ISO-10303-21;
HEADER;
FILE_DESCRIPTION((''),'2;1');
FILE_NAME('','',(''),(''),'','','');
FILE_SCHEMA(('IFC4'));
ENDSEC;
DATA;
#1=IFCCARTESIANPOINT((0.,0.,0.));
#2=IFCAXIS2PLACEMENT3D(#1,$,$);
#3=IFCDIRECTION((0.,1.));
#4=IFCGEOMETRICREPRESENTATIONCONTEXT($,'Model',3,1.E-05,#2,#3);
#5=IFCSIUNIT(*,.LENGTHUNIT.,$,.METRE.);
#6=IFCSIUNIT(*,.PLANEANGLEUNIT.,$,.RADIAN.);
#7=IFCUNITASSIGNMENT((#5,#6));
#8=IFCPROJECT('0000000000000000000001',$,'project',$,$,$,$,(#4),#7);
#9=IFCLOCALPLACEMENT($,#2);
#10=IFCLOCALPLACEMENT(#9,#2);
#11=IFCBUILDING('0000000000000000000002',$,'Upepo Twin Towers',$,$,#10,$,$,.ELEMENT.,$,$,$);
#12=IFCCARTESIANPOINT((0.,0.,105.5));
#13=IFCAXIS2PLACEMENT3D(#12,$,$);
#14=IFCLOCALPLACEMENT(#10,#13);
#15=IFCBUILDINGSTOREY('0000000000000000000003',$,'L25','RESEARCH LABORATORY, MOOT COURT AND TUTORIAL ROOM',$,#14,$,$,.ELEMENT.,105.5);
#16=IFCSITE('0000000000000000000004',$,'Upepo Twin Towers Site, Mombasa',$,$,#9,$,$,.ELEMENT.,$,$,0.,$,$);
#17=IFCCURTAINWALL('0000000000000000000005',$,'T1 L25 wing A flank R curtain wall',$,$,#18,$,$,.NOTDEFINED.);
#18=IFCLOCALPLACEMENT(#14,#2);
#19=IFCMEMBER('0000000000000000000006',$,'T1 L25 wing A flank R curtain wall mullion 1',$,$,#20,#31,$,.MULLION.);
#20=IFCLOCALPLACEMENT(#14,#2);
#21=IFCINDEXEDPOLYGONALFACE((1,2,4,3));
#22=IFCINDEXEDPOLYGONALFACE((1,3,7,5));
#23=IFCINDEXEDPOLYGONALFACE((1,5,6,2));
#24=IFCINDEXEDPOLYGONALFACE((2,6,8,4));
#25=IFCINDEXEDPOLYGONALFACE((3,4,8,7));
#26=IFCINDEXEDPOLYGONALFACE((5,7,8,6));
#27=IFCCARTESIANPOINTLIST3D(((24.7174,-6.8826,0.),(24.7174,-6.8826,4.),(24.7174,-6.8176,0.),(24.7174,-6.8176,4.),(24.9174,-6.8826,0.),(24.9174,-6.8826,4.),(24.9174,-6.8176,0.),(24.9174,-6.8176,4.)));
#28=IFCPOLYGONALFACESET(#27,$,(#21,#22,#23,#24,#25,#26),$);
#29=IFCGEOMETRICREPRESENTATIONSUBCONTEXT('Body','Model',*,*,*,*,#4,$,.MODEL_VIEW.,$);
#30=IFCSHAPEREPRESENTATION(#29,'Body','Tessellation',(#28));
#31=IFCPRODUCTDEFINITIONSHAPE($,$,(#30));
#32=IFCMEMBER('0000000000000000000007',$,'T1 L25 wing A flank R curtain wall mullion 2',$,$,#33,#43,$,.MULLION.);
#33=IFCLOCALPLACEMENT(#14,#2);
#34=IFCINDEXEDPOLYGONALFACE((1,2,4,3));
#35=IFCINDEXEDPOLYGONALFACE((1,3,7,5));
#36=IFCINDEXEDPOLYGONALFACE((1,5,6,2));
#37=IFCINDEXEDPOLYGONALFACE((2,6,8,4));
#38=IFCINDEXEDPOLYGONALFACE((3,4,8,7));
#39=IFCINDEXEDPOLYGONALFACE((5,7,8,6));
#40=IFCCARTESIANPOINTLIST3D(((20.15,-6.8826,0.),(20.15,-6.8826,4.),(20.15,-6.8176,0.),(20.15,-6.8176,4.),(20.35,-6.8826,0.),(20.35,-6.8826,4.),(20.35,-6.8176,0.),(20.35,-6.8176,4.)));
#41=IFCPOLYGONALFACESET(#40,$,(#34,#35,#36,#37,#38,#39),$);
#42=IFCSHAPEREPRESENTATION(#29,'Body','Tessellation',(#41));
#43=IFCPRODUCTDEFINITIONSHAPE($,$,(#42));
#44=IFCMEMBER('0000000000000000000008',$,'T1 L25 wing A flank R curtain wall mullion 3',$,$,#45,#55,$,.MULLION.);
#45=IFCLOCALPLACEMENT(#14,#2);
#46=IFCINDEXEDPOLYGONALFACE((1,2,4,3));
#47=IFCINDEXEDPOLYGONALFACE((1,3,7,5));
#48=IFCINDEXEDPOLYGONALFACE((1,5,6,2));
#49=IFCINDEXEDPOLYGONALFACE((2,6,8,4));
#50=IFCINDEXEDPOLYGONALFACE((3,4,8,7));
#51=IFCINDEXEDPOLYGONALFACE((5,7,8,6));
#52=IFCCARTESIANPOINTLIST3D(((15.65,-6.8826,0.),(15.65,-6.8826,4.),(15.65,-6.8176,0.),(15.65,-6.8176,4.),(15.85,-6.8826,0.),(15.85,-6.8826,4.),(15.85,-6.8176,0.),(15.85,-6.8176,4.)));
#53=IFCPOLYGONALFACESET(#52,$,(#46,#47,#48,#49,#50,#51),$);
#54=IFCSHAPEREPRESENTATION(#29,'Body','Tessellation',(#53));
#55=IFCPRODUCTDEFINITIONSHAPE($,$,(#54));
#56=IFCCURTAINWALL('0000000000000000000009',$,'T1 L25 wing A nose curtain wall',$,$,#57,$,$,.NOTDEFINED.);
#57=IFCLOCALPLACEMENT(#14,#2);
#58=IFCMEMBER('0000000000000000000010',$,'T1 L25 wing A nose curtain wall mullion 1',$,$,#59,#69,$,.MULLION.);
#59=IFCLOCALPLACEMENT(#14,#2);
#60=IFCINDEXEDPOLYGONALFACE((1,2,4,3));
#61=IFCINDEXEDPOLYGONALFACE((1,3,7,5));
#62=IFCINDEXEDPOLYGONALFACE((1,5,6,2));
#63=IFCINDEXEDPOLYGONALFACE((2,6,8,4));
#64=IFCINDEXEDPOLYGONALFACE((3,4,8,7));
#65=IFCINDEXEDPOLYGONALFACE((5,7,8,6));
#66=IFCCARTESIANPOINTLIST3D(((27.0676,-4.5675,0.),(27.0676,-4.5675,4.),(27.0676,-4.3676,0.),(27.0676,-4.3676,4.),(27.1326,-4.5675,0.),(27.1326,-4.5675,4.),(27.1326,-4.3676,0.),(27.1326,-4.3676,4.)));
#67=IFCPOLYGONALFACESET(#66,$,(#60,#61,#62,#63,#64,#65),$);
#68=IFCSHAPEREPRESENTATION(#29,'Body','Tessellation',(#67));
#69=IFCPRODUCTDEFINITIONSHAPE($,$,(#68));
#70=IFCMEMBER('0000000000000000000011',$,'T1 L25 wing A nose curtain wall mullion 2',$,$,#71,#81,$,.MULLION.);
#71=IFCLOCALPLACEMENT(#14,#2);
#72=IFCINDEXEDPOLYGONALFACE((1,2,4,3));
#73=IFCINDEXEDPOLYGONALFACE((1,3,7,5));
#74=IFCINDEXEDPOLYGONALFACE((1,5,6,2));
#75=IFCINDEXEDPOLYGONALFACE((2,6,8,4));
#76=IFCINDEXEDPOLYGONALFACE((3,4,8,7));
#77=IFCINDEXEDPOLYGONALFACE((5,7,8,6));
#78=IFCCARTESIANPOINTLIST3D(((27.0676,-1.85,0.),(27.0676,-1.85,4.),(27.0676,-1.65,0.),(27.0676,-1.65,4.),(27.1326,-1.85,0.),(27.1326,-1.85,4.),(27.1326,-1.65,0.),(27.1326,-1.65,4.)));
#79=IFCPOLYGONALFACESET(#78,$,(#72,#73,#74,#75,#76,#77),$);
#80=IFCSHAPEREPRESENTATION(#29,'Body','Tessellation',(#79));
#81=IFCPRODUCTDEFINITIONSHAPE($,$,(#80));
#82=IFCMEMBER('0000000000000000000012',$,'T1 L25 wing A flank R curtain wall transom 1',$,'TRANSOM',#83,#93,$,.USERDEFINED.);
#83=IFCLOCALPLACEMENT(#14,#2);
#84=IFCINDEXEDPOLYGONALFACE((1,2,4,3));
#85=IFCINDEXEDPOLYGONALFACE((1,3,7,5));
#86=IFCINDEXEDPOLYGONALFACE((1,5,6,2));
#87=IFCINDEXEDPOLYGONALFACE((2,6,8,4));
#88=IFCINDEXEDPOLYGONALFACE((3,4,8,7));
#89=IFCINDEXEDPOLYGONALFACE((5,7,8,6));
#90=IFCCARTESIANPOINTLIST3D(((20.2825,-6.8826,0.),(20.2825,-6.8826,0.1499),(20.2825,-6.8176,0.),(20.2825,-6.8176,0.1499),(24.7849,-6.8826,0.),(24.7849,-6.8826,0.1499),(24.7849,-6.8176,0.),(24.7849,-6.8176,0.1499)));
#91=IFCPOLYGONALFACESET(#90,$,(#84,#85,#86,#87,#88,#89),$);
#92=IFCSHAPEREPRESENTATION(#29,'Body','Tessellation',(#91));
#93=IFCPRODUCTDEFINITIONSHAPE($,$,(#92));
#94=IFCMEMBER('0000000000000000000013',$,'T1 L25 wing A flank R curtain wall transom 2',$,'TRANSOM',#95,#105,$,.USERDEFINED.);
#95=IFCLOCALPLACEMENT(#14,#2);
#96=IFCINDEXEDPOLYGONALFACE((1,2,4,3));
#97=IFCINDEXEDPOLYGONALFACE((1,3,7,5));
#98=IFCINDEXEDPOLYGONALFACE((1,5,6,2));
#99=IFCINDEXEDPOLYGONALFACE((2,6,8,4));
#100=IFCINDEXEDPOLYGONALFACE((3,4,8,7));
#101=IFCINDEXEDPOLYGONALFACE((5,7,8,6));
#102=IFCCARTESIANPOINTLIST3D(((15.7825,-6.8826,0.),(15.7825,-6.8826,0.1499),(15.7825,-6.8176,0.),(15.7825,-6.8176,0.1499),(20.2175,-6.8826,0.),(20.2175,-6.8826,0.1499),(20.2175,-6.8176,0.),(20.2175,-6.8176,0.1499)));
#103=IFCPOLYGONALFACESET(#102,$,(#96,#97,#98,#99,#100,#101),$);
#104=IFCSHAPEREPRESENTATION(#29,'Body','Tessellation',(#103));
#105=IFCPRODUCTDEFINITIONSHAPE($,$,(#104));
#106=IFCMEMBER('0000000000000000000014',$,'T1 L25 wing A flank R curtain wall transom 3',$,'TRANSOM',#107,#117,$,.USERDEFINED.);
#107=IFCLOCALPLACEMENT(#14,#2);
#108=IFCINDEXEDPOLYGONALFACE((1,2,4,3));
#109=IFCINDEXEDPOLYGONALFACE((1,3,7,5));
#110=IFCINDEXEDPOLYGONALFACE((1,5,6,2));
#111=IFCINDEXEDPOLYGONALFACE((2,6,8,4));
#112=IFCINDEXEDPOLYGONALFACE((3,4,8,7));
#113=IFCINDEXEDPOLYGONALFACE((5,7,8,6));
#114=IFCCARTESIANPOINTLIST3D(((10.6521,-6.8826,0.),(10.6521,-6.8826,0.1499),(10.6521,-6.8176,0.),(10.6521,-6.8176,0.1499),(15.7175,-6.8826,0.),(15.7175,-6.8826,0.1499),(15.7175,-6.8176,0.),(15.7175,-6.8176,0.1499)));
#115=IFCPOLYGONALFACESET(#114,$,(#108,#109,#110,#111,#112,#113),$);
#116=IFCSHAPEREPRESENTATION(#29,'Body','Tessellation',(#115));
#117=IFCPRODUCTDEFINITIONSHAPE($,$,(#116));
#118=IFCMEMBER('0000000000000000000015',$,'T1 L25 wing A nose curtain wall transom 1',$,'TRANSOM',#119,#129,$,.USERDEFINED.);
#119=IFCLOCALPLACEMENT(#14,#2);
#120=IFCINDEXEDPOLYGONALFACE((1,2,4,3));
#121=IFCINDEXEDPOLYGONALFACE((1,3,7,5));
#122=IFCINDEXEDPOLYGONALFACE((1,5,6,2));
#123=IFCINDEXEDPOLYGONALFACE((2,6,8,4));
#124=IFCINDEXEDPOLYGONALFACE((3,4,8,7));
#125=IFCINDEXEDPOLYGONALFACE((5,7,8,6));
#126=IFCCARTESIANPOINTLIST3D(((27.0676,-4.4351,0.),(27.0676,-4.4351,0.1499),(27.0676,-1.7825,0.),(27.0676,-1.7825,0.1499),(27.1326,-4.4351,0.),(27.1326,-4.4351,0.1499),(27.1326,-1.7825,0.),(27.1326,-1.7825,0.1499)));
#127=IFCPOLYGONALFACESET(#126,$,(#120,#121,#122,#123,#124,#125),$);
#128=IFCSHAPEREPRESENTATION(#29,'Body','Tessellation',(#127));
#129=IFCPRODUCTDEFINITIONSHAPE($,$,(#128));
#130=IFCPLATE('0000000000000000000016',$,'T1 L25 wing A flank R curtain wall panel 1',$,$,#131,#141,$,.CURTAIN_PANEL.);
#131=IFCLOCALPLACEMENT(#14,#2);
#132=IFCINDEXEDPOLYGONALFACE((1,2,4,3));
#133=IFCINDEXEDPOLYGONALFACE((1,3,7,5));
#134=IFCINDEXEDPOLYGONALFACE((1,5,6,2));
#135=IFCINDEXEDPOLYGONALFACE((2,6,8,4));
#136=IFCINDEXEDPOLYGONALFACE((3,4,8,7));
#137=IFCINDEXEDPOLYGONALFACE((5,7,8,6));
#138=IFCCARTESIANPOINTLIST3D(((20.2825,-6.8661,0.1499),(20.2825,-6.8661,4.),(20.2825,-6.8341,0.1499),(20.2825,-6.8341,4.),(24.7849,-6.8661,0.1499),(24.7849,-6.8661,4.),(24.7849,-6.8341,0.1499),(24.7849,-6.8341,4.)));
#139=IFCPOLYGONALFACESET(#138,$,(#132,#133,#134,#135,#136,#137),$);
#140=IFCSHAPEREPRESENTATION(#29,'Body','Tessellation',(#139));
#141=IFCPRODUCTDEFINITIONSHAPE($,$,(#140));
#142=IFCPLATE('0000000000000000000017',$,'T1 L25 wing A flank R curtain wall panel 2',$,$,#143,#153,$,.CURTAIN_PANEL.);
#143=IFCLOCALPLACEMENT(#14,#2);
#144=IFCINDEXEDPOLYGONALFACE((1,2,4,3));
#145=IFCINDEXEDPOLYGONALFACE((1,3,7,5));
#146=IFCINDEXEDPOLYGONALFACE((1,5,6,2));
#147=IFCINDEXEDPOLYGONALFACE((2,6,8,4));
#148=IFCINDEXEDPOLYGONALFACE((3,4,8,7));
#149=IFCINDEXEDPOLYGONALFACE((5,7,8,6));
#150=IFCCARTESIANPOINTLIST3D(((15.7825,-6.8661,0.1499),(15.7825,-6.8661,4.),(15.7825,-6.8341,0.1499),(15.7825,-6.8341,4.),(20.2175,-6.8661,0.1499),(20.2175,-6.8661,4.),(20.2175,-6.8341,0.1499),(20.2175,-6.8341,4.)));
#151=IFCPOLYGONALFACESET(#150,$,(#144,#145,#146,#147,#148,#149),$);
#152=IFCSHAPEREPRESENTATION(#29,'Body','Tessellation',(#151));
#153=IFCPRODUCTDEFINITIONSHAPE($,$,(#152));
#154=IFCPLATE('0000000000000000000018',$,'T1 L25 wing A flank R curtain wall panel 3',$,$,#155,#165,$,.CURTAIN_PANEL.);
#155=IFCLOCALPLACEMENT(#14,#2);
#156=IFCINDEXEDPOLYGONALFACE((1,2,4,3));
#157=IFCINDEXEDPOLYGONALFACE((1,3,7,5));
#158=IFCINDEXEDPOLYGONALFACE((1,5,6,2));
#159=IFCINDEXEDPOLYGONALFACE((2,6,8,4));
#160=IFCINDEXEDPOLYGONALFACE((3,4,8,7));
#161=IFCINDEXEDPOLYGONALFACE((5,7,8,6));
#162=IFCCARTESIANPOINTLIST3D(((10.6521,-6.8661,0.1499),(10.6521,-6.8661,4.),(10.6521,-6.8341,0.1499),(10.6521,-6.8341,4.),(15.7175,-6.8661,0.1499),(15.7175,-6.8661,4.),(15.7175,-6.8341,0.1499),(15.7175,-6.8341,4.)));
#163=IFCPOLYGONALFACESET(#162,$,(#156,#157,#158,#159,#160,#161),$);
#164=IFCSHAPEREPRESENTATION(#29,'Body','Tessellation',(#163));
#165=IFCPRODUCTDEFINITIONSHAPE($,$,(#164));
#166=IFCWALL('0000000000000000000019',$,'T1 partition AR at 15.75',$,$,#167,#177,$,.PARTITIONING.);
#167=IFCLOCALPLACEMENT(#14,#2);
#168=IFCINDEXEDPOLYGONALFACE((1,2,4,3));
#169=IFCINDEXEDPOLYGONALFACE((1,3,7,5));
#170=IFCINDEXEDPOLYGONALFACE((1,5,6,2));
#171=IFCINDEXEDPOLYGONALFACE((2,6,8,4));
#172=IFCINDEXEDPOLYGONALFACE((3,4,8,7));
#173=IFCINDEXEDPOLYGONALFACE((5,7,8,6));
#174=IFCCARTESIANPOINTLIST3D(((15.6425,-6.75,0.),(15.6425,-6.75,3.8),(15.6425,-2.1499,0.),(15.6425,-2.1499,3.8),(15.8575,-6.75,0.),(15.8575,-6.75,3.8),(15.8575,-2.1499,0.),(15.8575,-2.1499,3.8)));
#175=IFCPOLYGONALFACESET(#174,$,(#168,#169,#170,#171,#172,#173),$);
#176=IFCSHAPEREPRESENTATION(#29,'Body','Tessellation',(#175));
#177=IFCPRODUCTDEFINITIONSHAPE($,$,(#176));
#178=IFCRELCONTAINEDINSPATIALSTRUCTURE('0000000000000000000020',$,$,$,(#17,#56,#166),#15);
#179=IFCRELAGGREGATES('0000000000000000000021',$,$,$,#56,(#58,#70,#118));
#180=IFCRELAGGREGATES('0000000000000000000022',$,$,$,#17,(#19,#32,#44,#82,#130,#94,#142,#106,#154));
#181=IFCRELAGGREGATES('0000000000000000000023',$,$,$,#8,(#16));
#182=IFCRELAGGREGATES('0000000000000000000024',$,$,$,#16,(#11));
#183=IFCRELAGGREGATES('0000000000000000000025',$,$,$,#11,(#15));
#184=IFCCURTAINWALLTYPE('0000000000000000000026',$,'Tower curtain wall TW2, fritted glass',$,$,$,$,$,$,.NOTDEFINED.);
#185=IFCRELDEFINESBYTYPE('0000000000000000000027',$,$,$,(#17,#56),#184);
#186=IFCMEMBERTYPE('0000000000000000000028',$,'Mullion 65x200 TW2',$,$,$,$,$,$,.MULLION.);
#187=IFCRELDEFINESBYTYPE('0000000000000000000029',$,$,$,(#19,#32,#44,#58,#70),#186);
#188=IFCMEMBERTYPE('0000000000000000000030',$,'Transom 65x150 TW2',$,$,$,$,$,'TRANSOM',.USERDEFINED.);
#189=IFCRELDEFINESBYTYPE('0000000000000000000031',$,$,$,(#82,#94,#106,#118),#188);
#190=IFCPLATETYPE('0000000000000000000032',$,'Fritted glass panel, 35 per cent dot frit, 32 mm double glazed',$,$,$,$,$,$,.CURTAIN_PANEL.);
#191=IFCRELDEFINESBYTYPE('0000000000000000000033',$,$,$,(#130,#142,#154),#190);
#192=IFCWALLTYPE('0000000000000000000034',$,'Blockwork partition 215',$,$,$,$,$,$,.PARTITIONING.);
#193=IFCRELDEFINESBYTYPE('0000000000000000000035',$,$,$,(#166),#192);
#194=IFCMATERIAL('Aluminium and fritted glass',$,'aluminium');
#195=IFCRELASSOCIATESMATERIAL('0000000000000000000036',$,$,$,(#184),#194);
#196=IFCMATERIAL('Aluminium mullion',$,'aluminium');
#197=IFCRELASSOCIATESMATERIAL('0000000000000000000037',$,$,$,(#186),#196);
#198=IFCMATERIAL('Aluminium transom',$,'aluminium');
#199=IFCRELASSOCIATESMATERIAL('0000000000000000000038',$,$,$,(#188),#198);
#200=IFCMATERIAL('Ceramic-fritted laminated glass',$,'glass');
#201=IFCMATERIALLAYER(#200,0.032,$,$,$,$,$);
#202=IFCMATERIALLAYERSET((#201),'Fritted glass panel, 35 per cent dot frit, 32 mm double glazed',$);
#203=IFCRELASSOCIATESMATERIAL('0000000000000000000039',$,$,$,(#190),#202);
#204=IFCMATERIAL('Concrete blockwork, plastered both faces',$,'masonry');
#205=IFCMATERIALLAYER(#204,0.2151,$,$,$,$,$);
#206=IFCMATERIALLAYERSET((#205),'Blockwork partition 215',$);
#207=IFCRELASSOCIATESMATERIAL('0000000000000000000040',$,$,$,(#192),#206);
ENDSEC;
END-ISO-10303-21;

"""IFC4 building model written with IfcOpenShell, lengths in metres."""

from ifc_helpers import new_model, si_unit, direction, frame, frame_2d, origin, origin_2d, place, context, subcontext, project, spatial, rectangle, extrude, material, layer, layer_set, material_profile, profile_set, type_object, element, aggregate, save


model = new_model("IFC4")

# Units and contexts
model_context = context("Model", 3, precision=1e-05, world=origin(), true_north=direction((0.0, 1.0)))
body_context = subcontext(model_context, "Body", "Model", "MODEL_VIEW")
ifc_project = project(units=[si_unit("LENGTHUNIT", "METRE"), si_unit("PLANEANGLEUNIT", "RADIAN")], contexts=[model_context])

# Site, building, storey
site_placement = place(None, origin())
site = spatial("IfcSite", under=ifc_project, at=site_placement, Name="Upepo Twin Towers Site, Mombasa", CompositionType="ELEMENT", RefElevation=0.0)
building_placement = place(site_placement, origin())
building = spatial("IfcBuilding", under=site, at=building_placement, Name="Upepo Twin Towers", CompositionType="ELEMENT")
storey_placement = place(building_placement, frame((0.0, 0.0, 105.5)))
storey = spatial("IfcBuildingStorey", under=building, at=storey_placement, Name="L25", Description="RESEARCH LABORATORY, MOOT COURT AND TUTORIAL ROOM", CompositionType="ELEMENT", Elevation=105.5)

# Curtain walls, members
ifc_material_1 = material(Name="Aluminium and fritted glass", Category="aluminium")
curtain_wall_type = type_object("IfcCurtainWallType", Name="Tower curtain wall TW2, fritted glass", PredefinedType="NOTDEFINED", material=ifc_material_1)
curtain_wall_1_placement = place(storey_placement, origin())
curtain_wall_1 = element("IfcCurtainWall", 1, at=curtain_wall_1_placement, inside=storey, type_object=curtain_wall_type, Name="T1 L25 wing A flank R curtain wall", PredefinedType="NOTDEFINED")
ifc_material_2 = material(Name="Aluminium mullion", Category="aluminium")
ifc_material_profile_1 = material_profile(ifc_material_2, rectangle(XDim=0.0649, YDim=0.2, at=origin_2d()), Name="MULLION 65x200")
ifc_profile_set_1 = profile_set([ifc_material_profile_1], Name="Aluminium mullion")
member_type_1 = type_object("IfcMemberType", Name="Mullion 65x200 TW2", PredefinedType="MULLION", material=ifc_profile_set_1)
member_1_placement = place(storey_placement, frame((24.8174, -6.8501, 0.0), z_axis=(0.0, 0.0, 1.0), x_axis=(0.0, -1.0, 0.0)))
member_1 = element("IfcMember", 2, at=member_1_placement, type_object=member_type_1, Name="T1 L25 wing A flank R curtain wall mullion 1", PredefinedType="MULLION", context=body_context, shape_type="SweptSolid", body=[
    extrude(rectangle(XDim=0.0649, YDim=0.2, at=origin_2d()), origin(), (0.0, 0.0, 1.0), 4.0),
])
member_2_placement = place(storey_placement, frame((20.25, -6.8501, 0.0), z_axis=(0.0, 0.0, 1.0), x_axis=(0.0, -1.0, 0.0)))
member_2 = element("IfcMember", 3, at=member_2_placement, type_object=member_type_1, Name="T1 L25 wing A flank R curtain wall mullion 2", PredefinedType="MULLION", context=body_context, shape_type="SweptSolid", body=[
    extrude(rectangle(XDim=0.0649, YDim=0.2, at=origin_2d()), origin(), (0.0, 0.0, 1.0), 4.0),
])
member_3_placement = place(storey_placement, frame((15.75, -6.8501, 0.0), z_axis=(0.0, 0.0, 1.0), x_axis=(0.0, -1.0, 0.0)))
member_3 = element("IfcMember", 4, at=member_3_placement, type_object=member_type_1, Name="T1 L25 wing A flank R curtain wall mullion 3", PredefinedType="MULLION", context=body_context, shape_type="SweptSolid", body=[
    extrude(rectangle(XDim=0.0649, YDim=0.2, at=origin_2d()), origin(), (0.0, 0.0, 1.0), 4.0),
])
curtain_wall_2_placement = place(storey_placement, origin())
curtain_wall_2 = element("IfcCurtainWall", 5, at=curtain_wall_2_placement, inside=storey, type_object=curtain_wall_type, Name="T1 L25 wing A nose curtain wall", PredefinedType="NOTDEFINED")
member_4_placement = place(storey_placement, frame((27.1001, -4.4675, 0.0), z_axis=(0.0, 0.0, 1.0), x_axis=(-1.0, 0.0, 0.0)))
member_4 = element("IfcMember", 6, at=member_4_placement, type_object=member_type_1, Name="T1 L25 wing A nose curtain wall mullion 1", PredefinedType="MULLION", context=body_context, shape_type="SweptSolid", body=[
    extrude(rectangle(XDim=0.0649, YDim=0.2, at=origin_2d()), origin(), (0.0, 0.0, 1.0), 4.0),
])
member_5_placement = place(storey_placement, frame((27.1001, -1.75, 0.0), z_axis=(0.0, 0.0, 1.0), x_axis=(-1.0, 0.0, 0.0)))
member_5 = element("IfcMember", 7, at=member_5_placement, type_object=member_type_1, Name="T1 L25 wing A nose curtain wall mullion 2", PredefinedType="MULLION", context=body_context, shape_type="SweptSolid", body=[
    extrude(rectangle(XDim=0.0649, YDim=0.2, at=origin_2d()), origin(), (0.0, 0.0, 1.0), 4.0),
])

# Members
ifc_material_3 = material(Name="Aluminium transom", Category="aluminium")
ifc_material_profile_2 = material_profile(ifc_material_3, rectangle(XDim=0.0649, YDim=0.1499, at=origin_2d()), Name="TRANSOM 65x150")
ifc_profile_set_2 = profile_set([ifc_material_profile_2], Name="Aluminium transom")
member_type_2 = type_object("IfcMemberType", Name="Transom 65x150 TW2", ElementType="TRANSOM", PredefinedType="USERDEFINED", material=ifc_profile_set_2)
member_6_placement = place(storey_placement, frame((24.7849, -6.8501, 0.075), z_axis=(-1.0, 0.0, 0.0), x_axis=(0.0, -1.0, 0.0)))
member_6 = element("IfcMember", 8, at=member_6_placement, type_object=member_type_2, Name="T1 L25 wing A flank R curtain wall transom 1", ObjectType="TRANSOM", PredefinedType="USERDEFINED", context=body_context, shape_type="SweptSolid", body=[
    extrude(rectangle(XDim=0.0649, YDim=0.1499, at=origin_2d()), origin(), (0.0, 0.0, 1.0), 4.5024),
])
member_7_placement = place(storey_placement, frame((20.2175, -6.8501, 0.075), z_axis=(-1.0, 0.0, 0.0), x_axis=(0.0, -1.0, 0.0)))
member_7 = element("IfcMember", 9, at=member_7_placement, type_object=member_type_2, Name="T1 L25 wing A flank R curtain wall transom 2", ObjectType="TRANSOM", PredefinedType="USERDEFINED", context=body_context, shape_type="SweptSolid", body=[
    extrude(rectangle(XDim=0.0649, YDim=0.1499, at=origin_2d()), origin(), (0.0, 0.0, 1.0), 4.4351),
])
member_8_placement = place(storey_placement, frame((15.7175, -6.8501, 0.075), z_axis=(-1.0, 0.0, 0.0), x_axis=(0.0, -1.0, 0.0)))
member_8 = element("IfcMember", 10, at=member_8_placement, type_object=member_type_2, Name="T1 L25 wing A flank R curtain wall transom 3", ObjectType="TRANSOM", PredefinedType="USERDEFINED", context=body_context, shape_type="SweptSolid", body=[
    extrude(rectangle(XDim=0.0649, YDim=0.1499, at=origin_2d()), origin(), (0.0, 0.0, 1.0), 5.0654),
])
member_9_placement = place(storey_placement, frame((27.1001, -4.4351, 0.075), z_axis=(0.0, 1.0, 0.0), x_axis=(-1.0, 0.0, 0.0)))
member_9 = element("IfcMember", 11, at=member_9_placement, type_object=member_type_2, Name="T1 L25 wing A nose curtain wall transom 1", ObjectType="TRANSOM", PredefinedType="USERDEFINED", context=body_context, shape_type="SweptSolid", body=[
    extrude(rectangle(XDim=0.0649, YDim=0.1499, at=origin_2d()), origin(), (0.0, 0.0, 1.0), 2.6526),
])
aggregate(curtain_wall_2, [member_4, member_5, member_9])

# Plates
ifc_material_4 = material(Name="Ceramic-fritted laminated glass", Category="glass")
ifc_layer_1 = layer(ifc_material_4, 0.032)
ifc_layer_set_1 = layer_set([ifc_layer_1], Name="Fritted glass panel, 35 per cent dot frit, 32 mm double glazed")
plate_type = type_object("IfcPlateType", Name="Fritted glass panel, 35 per cent dot frit, 32 mm double glazed", PredefinedType="CURTAIN_PANEL", material=ifc_layer_set_1)
plate_1_placement = place(storey_placement, frame((22.5337, -6.8501, 0.1499), z_axis=(0.0, 0.0, 1.0), x_axis=(-1.0, 0.0, 0.0)))
plate_1 = element("IfcPlate", 12, at=plate_1_placement, type_object=plate_type, Name="T1 L25 wing A flank R curtain wall panel 1", PredefinedType="CURTAIN_PANEL", context=body_context, shape_type="SweptSolid", body=[
    extrude(rectangle(XDim=4.5024, YDim=0.032, at=origin_2d()), origin(), (0.0, 0.0, 1.0), 3.8501),
])
plate_2_placement = place(storey_placement, frame((18.0, -6.8501, 0.1499), z_axis=(0.0, 0.0, 1.0), x_axis=(-1.0, 0.0, 0.0)))
plate_2 = element("IfcPlate", 13, at=plate_2_placement, type_object=plate_type, Name="T1 L25 wing A flank R curtain wall panel 2", PredefinedType="CURTAIN_PANEL", context=body_context, shape_type="SweptSolid", body=[
    extrude(rectangle(XDim=4.4351, YDim=0.032, at=origin_2d()), origin(), (0.0, 0.0, 1.0), 3.8501),
])
plate_3_placement = place(storey_placement, frame((13.1848, -6.8501, 0.1499), z_axis=(0.0, 0.0, 1.0), x_axis=(-1.0, 0.0, 0.0)))
plate_3 = element("IfcPlate", 14, at=plate_3_placement, type_object=plate_type, Name="T1 L25 wing A flank R curtain wall panel 3", PredefinedType="CURTAIN_PANEL", context=body_context, shape_type="SweptSolid", body=[
    extrude(rectangle(XDim=5.0654, YDim=0.032, at=origin_2d()), origin(), (0.0, 0.0, 1.0), 3.8501),
])
aggregate(curtain_wall_1, [member_1, member_2, member_3, member_6, plate_1, member_7, plate_2, member_8, plate_3])

# Wall
ifc_material_5 = material(Name="Concrete blockwork, plastered both faces", Category="masonry")
ifc_layer_2 = layer(ifc_material_5, 0.2151)
ifc_layer_set_2 = layer_set([ifc_layer_2], Name="Blockwork partition 215")
wall_type_1 = type_object("IfcWallType", Name="Blockwork partition 215", PredefinedType="PARTITIONING", material=ifc_layer_set_2)
wall_1_placement = place(storey_placement, frame((15.75, -2.1499, 0.0), z_axis=(0.0, 0.0, 1.0), x_axis=(0.0, -1.0, 0.0)))
element("IfcWall", 15, at=wall_1_placement, inside=storey, type_object=wall_type_1, Name="T1 partition AR at 15.75", PredefinedType="PARTITIONING", context=body_context, shape_type="SweptSolid", body=[
    extrude(rectangle(XDim=4.6001, YDim=0.2151, at=frame_2d((2.3, 0.0))), origin(), (0.0, 0.0, 1.0), 3.8),
])

save(model, "model.ifc")
